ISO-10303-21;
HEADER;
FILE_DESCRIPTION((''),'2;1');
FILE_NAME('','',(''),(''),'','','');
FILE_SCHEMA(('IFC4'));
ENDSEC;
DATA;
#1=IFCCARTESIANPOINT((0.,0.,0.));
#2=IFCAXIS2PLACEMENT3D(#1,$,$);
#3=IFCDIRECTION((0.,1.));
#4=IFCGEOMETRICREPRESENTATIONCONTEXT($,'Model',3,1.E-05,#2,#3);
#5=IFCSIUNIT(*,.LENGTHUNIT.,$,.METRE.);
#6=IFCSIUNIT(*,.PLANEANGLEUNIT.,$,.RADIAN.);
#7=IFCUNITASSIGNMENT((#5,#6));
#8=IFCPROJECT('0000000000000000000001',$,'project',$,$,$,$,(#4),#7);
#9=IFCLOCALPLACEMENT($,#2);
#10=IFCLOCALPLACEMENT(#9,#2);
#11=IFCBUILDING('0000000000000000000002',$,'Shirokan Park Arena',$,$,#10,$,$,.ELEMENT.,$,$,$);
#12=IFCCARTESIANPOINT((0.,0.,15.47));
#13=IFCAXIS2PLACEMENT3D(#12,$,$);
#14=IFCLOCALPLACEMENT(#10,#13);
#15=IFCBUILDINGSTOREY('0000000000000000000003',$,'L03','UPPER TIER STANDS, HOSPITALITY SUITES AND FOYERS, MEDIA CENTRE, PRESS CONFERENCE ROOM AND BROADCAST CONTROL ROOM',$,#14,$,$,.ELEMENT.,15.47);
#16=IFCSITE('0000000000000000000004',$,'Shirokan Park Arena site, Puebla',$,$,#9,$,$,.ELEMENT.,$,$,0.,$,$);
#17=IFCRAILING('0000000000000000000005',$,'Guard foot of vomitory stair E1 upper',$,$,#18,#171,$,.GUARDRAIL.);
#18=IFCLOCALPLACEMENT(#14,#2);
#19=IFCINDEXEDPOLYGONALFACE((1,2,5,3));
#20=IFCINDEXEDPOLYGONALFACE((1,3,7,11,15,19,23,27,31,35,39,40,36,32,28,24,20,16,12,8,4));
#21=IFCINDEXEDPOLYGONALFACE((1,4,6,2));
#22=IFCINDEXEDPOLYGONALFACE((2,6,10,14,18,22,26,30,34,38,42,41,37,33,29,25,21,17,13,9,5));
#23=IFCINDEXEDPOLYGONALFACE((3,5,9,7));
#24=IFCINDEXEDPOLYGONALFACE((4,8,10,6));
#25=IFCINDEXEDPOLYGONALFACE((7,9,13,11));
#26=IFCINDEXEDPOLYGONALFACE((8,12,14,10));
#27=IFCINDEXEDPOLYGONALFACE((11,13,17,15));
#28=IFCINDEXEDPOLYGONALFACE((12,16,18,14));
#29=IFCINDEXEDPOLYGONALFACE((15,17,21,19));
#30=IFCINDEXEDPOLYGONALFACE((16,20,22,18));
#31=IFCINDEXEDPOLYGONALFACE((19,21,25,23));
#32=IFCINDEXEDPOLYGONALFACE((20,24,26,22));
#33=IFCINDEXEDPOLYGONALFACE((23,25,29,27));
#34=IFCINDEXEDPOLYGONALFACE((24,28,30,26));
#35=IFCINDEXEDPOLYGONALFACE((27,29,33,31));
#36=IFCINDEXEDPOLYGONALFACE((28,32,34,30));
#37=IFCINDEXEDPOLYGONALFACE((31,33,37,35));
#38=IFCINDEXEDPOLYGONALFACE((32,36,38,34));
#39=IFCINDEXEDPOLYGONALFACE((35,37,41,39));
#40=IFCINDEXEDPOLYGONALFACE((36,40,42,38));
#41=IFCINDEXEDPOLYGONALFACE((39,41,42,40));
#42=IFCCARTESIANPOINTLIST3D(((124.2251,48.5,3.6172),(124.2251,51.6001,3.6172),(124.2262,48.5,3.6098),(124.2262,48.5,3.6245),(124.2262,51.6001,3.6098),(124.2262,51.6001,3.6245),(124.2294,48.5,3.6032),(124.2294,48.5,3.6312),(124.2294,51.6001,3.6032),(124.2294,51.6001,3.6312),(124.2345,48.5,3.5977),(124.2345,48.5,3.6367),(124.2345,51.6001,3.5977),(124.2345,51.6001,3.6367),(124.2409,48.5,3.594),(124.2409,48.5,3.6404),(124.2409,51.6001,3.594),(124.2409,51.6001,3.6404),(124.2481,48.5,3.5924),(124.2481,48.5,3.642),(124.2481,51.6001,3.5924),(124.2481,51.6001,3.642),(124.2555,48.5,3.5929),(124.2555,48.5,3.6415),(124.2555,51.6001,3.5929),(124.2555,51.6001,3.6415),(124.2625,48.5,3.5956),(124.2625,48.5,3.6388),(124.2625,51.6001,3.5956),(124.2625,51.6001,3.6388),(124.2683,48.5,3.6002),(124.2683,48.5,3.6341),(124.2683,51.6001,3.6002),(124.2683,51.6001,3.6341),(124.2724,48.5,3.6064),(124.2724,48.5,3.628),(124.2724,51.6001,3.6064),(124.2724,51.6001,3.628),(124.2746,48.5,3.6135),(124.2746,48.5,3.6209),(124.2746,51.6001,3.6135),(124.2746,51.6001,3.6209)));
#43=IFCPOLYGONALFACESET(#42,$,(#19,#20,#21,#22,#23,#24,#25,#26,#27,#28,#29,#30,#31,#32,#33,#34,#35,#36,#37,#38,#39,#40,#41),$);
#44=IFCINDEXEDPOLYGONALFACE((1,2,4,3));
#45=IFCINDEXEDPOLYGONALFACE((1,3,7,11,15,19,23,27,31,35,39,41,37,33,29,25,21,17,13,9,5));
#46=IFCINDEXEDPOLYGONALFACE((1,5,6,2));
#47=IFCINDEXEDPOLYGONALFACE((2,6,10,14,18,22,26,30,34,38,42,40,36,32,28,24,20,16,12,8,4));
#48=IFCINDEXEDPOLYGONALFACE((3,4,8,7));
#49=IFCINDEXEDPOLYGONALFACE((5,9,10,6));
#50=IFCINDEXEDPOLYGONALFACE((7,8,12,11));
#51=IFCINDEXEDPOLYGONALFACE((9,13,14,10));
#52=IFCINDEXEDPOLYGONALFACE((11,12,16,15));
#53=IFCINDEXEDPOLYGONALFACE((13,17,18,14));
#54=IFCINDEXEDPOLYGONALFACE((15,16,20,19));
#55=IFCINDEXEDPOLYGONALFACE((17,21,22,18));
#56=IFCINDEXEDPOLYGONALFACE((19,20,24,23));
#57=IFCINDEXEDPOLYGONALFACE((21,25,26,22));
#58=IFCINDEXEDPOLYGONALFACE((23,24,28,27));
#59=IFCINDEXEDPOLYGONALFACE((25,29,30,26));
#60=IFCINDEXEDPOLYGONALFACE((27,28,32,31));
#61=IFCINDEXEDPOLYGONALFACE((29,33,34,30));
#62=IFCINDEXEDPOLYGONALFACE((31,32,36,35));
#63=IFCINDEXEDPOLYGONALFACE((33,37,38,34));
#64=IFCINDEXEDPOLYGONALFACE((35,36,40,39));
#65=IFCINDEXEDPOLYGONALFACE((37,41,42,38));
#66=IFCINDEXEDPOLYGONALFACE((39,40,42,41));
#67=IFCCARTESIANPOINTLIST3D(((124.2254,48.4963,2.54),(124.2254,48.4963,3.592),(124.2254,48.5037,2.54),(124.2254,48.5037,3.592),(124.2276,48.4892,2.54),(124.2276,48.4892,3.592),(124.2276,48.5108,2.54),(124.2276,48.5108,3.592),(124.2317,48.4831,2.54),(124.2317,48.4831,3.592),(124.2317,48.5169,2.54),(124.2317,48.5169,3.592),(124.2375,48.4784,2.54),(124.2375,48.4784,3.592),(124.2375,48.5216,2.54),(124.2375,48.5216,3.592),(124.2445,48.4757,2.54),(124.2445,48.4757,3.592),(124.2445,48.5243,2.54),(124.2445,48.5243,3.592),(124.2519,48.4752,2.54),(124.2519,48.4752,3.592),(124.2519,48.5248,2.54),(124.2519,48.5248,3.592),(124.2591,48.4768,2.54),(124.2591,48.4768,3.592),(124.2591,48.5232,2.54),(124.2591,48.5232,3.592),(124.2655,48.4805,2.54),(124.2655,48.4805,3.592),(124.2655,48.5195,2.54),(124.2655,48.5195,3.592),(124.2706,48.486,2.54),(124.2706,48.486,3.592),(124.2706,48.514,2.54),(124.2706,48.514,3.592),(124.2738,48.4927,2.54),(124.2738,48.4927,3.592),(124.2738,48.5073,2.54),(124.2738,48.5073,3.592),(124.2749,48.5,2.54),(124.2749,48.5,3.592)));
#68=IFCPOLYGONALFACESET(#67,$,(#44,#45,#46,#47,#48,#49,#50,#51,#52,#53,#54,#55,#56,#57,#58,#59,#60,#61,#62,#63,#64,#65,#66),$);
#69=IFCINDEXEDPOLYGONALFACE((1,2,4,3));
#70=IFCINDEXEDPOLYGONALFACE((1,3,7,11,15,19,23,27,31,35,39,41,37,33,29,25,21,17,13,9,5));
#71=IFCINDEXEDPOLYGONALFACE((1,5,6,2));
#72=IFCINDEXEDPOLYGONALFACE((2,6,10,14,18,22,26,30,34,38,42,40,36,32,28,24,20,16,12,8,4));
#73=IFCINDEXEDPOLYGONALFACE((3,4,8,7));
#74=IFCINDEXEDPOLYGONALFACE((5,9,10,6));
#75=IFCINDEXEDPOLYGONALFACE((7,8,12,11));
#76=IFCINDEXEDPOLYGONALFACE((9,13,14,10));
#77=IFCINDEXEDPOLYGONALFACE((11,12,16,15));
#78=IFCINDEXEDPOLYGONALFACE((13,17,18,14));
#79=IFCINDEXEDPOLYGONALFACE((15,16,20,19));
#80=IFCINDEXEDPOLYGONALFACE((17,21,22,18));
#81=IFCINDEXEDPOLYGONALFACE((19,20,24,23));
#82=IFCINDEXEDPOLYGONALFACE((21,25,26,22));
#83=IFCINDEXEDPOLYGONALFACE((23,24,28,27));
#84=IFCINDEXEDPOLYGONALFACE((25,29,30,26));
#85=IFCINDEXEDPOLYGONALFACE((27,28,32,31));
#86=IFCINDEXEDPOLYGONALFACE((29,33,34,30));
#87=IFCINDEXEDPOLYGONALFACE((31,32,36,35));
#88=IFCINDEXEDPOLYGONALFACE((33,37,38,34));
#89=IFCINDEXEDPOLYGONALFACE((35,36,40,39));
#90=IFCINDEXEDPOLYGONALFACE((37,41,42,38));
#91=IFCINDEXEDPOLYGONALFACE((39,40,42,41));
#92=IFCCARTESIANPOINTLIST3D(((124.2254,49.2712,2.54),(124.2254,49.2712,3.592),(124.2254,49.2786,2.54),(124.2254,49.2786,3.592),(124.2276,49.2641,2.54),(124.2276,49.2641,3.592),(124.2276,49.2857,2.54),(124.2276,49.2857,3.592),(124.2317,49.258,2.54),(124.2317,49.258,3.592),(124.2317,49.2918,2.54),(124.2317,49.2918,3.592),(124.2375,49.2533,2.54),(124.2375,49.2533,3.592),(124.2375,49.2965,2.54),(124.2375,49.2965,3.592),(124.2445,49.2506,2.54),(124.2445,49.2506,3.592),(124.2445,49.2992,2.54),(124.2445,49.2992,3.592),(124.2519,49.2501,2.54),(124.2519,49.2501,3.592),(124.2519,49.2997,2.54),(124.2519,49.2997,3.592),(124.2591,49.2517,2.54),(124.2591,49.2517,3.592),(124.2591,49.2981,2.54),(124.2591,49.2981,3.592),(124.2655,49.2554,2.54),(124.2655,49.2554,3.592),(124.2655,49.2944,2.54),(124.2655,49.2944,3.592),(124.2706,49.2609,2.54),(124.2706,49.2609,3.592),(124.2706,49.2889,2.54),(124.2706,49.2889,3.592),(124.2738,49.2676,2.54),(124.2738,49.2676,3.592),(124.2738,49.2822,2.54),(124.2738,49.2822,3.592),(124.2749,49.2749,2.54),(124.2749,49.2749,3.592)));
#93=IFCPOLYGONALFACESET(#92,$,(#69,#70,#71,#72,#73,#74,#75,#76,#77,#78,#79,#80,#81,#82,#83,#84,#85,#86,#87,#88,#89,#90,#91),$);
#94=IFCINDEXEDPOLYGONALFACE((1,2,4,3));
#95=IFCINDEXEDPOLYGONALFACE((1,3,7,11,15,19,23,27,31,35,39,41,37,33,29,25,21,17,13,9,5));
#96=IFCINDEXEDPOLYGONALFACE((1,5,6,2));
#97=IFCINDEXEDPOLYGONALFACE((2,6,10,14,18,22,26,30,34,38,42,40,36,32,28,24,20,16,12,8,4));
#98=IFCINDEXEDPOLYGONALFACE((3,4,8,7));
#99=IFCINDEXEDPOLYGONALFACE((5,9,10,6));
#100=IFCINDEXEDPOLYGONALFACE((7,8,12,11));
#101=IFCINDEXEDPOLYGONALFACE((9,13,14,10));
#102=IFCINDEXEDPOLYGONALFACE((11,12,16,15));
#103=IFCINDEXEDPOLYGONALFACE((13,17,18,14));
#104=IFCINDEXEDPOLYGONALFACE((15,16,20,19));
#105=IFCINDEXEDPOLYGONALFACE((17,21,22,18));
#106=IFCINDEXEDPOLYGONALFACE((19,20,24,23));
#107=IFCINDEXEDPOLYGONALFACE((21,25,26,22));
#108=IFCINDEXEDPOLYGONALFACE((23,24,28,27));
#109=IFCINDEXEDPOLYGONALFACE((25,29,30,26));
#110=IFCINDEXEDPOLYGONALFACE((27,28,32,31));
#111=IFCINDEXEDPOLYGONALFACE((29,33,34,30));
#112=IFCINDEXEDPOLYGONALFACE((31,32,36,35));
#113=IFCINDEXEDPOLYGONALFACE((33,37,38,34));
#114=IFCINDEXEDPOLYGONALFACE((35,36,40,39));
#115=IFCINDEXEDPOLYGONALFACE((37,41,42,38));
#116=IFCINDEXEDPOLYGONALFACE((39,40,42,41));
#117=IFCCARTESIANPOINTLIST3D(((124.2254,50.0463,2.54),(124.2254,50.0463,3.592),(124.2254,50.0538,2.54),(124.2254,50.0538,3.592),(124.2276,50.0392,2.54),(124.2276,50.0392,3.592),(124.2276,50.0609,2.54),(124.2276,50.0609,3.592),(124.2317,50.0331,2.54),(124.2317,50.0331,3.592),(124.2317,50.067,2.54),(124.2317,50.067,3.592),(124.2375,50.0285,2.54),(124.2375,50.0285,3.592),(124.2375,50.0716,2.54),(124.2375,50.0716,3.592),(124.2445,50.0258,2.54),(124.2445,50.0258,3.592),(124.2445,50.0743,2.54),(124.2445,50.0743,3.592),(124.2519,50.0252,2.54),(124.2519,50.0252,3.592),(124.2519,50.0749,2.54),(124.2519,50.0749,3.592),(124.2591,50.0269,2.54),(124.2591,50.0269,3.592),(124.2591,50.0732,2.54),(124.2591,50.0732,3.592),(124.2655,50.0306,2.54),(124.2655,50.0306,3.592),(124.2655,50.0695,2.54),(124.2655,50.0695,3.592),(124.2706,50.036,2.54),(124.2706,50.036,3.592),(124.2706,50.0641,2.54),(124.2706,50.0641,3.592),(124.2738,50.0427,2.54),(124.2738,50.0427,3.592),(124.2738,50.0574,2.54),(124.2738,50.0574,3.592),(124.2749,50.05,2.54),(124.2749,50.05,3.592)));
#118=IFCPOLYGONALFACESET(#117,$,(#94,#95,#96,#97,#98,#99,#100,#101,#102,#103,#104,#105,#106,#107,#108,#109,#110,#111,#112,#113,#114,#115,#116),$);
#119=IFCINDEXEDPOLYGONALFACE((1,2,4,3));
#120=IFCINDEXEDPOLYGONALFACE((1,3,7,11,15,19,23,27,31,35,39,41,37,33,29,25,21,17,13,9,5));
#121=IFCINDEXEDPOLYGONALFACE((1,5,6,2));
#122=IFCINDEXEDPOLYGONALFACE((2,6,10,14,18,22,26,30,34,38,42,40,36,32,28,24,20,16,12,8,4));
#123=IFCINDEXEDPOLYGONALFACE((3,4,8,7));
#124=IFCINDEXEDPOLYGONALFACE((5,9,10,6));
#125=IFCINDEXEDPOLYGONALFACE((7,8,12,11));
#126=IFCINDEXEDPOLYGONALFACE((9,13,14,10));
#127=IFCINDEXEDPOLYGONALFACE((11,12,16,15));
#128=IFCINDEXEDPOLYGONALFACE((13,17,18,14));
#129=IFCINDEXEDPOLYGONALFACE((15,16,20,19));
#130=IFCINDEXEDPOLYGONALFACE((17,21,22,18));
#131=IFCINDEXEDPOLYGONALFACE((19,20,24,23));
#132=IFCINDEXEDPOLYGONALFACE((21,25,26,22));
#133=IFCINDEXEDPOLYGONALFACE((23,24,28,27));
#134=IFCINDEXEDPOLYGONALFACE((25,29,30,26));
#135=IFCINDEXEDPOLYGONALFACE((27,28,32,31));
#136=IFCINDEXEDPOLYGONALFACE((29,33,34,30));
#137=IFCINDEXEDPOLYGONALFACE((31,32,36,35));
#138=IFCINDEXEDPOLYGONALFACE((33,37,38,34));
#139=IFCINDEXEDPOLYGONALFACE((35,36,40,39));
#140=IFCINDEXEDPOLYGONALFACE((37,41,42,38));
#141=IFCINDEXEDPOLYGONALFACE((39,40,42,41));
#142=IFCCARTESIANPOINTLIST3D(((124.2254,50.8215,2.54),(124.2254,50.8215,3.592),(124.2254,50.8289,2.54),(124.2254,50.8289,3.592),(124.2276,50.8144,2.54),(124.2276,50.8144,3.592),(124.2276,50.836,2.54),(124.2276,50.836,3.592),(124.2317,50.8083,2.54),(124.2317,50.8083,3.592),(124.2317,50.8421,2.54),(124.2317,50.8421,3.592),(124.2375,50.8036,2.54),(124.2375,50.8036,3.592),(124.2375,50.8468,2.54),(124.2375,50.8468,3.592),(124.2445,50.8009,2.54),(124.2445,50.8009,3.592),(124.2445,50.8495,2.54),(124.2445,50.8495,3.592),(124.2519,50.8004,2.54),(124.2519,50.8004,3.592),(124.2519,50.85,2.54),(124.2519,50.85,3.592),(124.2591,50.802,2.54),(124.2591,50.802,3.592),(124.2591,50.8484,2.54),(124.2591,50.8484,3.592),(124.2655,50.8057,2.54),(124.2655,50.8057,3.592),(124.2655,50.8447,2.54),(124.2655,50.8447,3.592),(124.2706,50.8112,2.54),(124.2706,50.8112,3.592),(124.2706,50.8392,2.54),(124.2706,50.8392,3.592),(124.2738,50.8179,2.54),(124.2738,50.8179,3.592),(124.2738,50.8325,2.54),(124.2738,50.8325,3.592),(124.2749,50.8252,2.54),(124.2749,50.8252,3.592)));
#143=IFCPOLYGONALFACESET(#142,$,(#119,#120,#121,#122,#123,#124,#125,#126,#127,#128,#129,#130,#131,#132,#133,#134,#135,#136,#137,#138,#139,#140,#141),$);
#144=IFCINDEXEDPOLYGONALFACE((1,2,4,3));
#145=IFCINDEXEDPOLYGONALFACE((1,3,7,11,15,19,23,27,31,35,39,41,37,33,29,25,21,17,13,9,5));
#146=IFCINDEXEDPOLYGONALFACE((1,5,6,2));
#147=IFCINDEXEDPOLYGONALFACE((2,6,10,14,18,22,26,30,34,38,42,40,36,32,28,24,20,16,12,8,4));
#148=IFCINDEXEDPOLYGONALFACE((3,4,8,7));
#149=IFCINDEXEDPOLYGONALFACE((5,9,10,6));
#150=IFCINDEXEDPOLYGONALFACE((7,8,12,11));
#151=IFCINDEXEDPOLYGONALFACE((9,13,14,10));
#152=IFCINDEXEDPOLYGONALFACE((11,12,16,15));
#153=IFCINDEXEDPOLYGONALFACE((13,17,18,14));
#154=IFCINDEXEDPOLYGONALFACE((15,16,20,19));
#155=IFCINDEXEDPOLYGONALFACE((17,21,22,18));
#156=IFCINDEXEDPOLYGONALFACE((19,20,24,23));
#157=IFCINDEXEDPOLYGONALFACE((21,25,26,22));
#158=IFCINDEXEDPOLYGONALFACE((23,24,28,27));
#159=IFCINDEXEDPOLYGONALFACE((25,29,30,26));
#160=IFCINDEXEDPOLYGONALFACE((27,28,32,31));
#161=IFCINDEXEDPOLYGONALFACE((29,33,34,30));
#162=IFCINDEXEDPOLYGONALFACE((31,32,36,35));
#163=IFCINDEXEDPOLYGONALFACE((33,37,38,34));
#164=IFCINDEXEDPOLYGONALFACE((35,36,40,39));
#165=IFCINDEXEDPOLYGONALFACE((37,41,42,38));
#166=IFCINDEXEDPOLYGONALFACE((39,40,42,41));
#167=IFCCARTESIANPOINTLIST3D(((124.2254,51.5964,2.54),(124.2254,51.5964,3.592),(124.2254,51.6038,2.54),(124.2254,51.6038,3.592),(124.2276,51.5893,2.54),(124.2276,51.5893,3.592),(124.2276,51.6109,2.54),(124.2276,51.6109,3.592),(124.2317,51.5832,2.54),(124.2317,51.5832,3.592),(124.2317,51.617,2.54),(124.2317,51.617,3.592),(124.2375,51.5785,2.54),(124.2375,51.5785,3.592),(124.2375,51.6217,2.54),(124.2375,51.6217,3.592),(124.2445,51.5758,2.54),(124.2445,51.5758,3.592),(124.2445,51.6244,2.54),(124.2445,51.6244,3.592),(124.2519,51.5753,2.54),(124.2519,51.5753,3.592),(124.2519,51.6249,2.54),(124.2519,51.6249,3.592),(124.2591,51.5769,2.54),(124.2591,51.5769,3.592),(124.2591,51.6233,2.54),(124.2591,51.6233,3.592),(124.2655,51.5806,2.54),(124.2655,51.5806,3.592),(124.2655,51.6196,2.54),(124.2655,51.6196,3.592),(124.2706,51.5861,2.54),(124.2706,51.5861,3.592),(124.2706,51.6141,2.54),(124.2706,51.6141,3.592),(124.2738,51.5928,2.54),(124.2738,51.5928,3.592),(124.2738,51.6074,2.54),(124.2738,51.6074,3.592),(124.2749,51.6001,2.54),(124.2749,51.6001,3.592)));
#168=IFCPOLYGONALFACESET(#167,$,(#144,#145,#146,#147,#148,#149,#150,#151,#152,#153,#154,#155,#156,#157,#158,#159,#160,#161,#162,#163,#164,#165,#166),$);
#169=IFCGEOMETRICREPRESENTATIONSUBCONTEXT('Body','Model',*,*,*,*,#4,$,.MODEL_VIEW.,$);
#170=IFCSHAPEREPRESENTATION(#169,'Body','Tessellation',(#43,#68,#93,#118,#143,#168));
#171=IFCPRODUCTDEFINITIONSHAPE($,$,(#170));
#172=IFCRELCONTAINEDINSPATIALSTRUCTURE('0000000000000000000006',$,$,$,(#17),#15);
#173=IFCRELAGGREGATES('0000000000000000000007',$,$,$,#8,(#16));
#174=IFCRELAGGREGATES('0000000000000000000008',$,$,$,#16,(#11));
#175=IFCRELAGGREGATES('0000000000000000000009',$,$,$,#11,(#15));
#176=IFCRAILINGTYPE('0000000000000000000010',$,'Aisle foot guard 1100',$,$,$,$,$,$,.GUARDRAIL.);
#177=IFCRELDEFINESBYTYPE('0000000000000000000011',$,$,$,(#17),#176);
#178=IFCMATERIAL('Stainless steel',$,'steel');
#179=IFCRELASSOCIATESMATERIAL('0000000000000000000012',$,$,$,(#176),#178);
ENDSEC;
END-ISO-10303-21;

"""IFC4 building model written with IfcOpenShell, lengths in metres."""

from ifc_helpers import new_model, si_unit, direction, frame, origin, origin_2d, place, context, subcontext, project, spatial, circle, extrude, material, type_object, element, save


model = new_model("IFC4")

# Units and contexts
model_context = context("Model", 3, precision=1e-05, world=origin(), true_north=direction((0.0, 1.0)))
body_context = subcontext(model_context, "Body", "Model", "MODEL_VIEW")
ifc_project = project(units=[si_unit("LENGTHUNIT", "METRE"), si_unit("PLANEANGLEUNIT", "RADIAN")], contexts=[model_context])

# Site, building, storey
site_placement = place(None, origin())
site = spatial("IfcSite", under=ifc_project, at=site_placement, Name="Shirokan Park Arena site, Puebla", CompositionType="ELEMENT", RefElevation=0.0)
building_placement = place(site_placement, origin())
building = spatial("IfcBuilding", under=site, at=building_placement, Name="Shirokan Park Arena", CompositionType="ELEMENT")
storey_placement = place(building_placement, frame((0.0, 0.0, 15.47)))
storey = spatial("IfcBuildingStorey", under=building, at=storey_placement, Name="L03", Description="UPPER TIER STANDS, HOSPITALITY SUITES AND FOYERS, MEDIA CENTRE, PRESS CONFERENCE ROOM AND BROADCAST CONTROL ROOM", CompositionType="ELEMENT", Elevation=15.47)

# Railing
ifc_material_1 = material(Name="Stainless steel", Category="steel")
railing_type_1 = type_object("IfcRailingType", Name="Aisle foot guard 1100", PredefinedType="GUARDRAIL", material=ifc_material_1)
railing_1_placement = place(storey_placement, frame((124.25, 48.5, 2.54)))
element("IfcRailing", 1, at=railing_1_placement, inside=storey, type_object=railing_type_1, Name="Guard foot of vomitory stair E1 upper", PredefinedType="GUARDRAIL", context=body_context, shape_type="SweptSolid", body=[
    extrude(circle(Radius=0.0249, at=origin_2d()), frame((0.0, 0.0, 1.0771), z_axis=(0.0, 1.0, 0.0), x_axis=(-1.0, 0.0, 0.0)), (0.0, 0.0, 1.0), 3.1001),
    extrude(circle(Radius=0.0249, at=origin_2d()), origin(), (0.0, 0.0, 1.0), 1.052),
    extrude(circle(Radius=0.0249, at=origin_2d()), frame((0.0, 0.7749, 0.0)), (0.0, 0.0, 1.0), 1.052),
    extrude(circle(Radius=0.0249, at=origin_2d()), frame((0.0, 1.55, 0.0)), (0.0, 0.0, 1.0), 1.052),
    extrude(circle(Radius=0.0249, at=origin_2d()), frame((0.0, 2.3252, 0.0)), (0.0, 0.0, 1.0), 1.052),
    extrude(circle(Radius=0.0249, at=origin_2d()), frame((0.0, 3.1001, 0.0)), (0.0, 0.0, 1.0), 1.052),
])

save(model, "model.ifc")
